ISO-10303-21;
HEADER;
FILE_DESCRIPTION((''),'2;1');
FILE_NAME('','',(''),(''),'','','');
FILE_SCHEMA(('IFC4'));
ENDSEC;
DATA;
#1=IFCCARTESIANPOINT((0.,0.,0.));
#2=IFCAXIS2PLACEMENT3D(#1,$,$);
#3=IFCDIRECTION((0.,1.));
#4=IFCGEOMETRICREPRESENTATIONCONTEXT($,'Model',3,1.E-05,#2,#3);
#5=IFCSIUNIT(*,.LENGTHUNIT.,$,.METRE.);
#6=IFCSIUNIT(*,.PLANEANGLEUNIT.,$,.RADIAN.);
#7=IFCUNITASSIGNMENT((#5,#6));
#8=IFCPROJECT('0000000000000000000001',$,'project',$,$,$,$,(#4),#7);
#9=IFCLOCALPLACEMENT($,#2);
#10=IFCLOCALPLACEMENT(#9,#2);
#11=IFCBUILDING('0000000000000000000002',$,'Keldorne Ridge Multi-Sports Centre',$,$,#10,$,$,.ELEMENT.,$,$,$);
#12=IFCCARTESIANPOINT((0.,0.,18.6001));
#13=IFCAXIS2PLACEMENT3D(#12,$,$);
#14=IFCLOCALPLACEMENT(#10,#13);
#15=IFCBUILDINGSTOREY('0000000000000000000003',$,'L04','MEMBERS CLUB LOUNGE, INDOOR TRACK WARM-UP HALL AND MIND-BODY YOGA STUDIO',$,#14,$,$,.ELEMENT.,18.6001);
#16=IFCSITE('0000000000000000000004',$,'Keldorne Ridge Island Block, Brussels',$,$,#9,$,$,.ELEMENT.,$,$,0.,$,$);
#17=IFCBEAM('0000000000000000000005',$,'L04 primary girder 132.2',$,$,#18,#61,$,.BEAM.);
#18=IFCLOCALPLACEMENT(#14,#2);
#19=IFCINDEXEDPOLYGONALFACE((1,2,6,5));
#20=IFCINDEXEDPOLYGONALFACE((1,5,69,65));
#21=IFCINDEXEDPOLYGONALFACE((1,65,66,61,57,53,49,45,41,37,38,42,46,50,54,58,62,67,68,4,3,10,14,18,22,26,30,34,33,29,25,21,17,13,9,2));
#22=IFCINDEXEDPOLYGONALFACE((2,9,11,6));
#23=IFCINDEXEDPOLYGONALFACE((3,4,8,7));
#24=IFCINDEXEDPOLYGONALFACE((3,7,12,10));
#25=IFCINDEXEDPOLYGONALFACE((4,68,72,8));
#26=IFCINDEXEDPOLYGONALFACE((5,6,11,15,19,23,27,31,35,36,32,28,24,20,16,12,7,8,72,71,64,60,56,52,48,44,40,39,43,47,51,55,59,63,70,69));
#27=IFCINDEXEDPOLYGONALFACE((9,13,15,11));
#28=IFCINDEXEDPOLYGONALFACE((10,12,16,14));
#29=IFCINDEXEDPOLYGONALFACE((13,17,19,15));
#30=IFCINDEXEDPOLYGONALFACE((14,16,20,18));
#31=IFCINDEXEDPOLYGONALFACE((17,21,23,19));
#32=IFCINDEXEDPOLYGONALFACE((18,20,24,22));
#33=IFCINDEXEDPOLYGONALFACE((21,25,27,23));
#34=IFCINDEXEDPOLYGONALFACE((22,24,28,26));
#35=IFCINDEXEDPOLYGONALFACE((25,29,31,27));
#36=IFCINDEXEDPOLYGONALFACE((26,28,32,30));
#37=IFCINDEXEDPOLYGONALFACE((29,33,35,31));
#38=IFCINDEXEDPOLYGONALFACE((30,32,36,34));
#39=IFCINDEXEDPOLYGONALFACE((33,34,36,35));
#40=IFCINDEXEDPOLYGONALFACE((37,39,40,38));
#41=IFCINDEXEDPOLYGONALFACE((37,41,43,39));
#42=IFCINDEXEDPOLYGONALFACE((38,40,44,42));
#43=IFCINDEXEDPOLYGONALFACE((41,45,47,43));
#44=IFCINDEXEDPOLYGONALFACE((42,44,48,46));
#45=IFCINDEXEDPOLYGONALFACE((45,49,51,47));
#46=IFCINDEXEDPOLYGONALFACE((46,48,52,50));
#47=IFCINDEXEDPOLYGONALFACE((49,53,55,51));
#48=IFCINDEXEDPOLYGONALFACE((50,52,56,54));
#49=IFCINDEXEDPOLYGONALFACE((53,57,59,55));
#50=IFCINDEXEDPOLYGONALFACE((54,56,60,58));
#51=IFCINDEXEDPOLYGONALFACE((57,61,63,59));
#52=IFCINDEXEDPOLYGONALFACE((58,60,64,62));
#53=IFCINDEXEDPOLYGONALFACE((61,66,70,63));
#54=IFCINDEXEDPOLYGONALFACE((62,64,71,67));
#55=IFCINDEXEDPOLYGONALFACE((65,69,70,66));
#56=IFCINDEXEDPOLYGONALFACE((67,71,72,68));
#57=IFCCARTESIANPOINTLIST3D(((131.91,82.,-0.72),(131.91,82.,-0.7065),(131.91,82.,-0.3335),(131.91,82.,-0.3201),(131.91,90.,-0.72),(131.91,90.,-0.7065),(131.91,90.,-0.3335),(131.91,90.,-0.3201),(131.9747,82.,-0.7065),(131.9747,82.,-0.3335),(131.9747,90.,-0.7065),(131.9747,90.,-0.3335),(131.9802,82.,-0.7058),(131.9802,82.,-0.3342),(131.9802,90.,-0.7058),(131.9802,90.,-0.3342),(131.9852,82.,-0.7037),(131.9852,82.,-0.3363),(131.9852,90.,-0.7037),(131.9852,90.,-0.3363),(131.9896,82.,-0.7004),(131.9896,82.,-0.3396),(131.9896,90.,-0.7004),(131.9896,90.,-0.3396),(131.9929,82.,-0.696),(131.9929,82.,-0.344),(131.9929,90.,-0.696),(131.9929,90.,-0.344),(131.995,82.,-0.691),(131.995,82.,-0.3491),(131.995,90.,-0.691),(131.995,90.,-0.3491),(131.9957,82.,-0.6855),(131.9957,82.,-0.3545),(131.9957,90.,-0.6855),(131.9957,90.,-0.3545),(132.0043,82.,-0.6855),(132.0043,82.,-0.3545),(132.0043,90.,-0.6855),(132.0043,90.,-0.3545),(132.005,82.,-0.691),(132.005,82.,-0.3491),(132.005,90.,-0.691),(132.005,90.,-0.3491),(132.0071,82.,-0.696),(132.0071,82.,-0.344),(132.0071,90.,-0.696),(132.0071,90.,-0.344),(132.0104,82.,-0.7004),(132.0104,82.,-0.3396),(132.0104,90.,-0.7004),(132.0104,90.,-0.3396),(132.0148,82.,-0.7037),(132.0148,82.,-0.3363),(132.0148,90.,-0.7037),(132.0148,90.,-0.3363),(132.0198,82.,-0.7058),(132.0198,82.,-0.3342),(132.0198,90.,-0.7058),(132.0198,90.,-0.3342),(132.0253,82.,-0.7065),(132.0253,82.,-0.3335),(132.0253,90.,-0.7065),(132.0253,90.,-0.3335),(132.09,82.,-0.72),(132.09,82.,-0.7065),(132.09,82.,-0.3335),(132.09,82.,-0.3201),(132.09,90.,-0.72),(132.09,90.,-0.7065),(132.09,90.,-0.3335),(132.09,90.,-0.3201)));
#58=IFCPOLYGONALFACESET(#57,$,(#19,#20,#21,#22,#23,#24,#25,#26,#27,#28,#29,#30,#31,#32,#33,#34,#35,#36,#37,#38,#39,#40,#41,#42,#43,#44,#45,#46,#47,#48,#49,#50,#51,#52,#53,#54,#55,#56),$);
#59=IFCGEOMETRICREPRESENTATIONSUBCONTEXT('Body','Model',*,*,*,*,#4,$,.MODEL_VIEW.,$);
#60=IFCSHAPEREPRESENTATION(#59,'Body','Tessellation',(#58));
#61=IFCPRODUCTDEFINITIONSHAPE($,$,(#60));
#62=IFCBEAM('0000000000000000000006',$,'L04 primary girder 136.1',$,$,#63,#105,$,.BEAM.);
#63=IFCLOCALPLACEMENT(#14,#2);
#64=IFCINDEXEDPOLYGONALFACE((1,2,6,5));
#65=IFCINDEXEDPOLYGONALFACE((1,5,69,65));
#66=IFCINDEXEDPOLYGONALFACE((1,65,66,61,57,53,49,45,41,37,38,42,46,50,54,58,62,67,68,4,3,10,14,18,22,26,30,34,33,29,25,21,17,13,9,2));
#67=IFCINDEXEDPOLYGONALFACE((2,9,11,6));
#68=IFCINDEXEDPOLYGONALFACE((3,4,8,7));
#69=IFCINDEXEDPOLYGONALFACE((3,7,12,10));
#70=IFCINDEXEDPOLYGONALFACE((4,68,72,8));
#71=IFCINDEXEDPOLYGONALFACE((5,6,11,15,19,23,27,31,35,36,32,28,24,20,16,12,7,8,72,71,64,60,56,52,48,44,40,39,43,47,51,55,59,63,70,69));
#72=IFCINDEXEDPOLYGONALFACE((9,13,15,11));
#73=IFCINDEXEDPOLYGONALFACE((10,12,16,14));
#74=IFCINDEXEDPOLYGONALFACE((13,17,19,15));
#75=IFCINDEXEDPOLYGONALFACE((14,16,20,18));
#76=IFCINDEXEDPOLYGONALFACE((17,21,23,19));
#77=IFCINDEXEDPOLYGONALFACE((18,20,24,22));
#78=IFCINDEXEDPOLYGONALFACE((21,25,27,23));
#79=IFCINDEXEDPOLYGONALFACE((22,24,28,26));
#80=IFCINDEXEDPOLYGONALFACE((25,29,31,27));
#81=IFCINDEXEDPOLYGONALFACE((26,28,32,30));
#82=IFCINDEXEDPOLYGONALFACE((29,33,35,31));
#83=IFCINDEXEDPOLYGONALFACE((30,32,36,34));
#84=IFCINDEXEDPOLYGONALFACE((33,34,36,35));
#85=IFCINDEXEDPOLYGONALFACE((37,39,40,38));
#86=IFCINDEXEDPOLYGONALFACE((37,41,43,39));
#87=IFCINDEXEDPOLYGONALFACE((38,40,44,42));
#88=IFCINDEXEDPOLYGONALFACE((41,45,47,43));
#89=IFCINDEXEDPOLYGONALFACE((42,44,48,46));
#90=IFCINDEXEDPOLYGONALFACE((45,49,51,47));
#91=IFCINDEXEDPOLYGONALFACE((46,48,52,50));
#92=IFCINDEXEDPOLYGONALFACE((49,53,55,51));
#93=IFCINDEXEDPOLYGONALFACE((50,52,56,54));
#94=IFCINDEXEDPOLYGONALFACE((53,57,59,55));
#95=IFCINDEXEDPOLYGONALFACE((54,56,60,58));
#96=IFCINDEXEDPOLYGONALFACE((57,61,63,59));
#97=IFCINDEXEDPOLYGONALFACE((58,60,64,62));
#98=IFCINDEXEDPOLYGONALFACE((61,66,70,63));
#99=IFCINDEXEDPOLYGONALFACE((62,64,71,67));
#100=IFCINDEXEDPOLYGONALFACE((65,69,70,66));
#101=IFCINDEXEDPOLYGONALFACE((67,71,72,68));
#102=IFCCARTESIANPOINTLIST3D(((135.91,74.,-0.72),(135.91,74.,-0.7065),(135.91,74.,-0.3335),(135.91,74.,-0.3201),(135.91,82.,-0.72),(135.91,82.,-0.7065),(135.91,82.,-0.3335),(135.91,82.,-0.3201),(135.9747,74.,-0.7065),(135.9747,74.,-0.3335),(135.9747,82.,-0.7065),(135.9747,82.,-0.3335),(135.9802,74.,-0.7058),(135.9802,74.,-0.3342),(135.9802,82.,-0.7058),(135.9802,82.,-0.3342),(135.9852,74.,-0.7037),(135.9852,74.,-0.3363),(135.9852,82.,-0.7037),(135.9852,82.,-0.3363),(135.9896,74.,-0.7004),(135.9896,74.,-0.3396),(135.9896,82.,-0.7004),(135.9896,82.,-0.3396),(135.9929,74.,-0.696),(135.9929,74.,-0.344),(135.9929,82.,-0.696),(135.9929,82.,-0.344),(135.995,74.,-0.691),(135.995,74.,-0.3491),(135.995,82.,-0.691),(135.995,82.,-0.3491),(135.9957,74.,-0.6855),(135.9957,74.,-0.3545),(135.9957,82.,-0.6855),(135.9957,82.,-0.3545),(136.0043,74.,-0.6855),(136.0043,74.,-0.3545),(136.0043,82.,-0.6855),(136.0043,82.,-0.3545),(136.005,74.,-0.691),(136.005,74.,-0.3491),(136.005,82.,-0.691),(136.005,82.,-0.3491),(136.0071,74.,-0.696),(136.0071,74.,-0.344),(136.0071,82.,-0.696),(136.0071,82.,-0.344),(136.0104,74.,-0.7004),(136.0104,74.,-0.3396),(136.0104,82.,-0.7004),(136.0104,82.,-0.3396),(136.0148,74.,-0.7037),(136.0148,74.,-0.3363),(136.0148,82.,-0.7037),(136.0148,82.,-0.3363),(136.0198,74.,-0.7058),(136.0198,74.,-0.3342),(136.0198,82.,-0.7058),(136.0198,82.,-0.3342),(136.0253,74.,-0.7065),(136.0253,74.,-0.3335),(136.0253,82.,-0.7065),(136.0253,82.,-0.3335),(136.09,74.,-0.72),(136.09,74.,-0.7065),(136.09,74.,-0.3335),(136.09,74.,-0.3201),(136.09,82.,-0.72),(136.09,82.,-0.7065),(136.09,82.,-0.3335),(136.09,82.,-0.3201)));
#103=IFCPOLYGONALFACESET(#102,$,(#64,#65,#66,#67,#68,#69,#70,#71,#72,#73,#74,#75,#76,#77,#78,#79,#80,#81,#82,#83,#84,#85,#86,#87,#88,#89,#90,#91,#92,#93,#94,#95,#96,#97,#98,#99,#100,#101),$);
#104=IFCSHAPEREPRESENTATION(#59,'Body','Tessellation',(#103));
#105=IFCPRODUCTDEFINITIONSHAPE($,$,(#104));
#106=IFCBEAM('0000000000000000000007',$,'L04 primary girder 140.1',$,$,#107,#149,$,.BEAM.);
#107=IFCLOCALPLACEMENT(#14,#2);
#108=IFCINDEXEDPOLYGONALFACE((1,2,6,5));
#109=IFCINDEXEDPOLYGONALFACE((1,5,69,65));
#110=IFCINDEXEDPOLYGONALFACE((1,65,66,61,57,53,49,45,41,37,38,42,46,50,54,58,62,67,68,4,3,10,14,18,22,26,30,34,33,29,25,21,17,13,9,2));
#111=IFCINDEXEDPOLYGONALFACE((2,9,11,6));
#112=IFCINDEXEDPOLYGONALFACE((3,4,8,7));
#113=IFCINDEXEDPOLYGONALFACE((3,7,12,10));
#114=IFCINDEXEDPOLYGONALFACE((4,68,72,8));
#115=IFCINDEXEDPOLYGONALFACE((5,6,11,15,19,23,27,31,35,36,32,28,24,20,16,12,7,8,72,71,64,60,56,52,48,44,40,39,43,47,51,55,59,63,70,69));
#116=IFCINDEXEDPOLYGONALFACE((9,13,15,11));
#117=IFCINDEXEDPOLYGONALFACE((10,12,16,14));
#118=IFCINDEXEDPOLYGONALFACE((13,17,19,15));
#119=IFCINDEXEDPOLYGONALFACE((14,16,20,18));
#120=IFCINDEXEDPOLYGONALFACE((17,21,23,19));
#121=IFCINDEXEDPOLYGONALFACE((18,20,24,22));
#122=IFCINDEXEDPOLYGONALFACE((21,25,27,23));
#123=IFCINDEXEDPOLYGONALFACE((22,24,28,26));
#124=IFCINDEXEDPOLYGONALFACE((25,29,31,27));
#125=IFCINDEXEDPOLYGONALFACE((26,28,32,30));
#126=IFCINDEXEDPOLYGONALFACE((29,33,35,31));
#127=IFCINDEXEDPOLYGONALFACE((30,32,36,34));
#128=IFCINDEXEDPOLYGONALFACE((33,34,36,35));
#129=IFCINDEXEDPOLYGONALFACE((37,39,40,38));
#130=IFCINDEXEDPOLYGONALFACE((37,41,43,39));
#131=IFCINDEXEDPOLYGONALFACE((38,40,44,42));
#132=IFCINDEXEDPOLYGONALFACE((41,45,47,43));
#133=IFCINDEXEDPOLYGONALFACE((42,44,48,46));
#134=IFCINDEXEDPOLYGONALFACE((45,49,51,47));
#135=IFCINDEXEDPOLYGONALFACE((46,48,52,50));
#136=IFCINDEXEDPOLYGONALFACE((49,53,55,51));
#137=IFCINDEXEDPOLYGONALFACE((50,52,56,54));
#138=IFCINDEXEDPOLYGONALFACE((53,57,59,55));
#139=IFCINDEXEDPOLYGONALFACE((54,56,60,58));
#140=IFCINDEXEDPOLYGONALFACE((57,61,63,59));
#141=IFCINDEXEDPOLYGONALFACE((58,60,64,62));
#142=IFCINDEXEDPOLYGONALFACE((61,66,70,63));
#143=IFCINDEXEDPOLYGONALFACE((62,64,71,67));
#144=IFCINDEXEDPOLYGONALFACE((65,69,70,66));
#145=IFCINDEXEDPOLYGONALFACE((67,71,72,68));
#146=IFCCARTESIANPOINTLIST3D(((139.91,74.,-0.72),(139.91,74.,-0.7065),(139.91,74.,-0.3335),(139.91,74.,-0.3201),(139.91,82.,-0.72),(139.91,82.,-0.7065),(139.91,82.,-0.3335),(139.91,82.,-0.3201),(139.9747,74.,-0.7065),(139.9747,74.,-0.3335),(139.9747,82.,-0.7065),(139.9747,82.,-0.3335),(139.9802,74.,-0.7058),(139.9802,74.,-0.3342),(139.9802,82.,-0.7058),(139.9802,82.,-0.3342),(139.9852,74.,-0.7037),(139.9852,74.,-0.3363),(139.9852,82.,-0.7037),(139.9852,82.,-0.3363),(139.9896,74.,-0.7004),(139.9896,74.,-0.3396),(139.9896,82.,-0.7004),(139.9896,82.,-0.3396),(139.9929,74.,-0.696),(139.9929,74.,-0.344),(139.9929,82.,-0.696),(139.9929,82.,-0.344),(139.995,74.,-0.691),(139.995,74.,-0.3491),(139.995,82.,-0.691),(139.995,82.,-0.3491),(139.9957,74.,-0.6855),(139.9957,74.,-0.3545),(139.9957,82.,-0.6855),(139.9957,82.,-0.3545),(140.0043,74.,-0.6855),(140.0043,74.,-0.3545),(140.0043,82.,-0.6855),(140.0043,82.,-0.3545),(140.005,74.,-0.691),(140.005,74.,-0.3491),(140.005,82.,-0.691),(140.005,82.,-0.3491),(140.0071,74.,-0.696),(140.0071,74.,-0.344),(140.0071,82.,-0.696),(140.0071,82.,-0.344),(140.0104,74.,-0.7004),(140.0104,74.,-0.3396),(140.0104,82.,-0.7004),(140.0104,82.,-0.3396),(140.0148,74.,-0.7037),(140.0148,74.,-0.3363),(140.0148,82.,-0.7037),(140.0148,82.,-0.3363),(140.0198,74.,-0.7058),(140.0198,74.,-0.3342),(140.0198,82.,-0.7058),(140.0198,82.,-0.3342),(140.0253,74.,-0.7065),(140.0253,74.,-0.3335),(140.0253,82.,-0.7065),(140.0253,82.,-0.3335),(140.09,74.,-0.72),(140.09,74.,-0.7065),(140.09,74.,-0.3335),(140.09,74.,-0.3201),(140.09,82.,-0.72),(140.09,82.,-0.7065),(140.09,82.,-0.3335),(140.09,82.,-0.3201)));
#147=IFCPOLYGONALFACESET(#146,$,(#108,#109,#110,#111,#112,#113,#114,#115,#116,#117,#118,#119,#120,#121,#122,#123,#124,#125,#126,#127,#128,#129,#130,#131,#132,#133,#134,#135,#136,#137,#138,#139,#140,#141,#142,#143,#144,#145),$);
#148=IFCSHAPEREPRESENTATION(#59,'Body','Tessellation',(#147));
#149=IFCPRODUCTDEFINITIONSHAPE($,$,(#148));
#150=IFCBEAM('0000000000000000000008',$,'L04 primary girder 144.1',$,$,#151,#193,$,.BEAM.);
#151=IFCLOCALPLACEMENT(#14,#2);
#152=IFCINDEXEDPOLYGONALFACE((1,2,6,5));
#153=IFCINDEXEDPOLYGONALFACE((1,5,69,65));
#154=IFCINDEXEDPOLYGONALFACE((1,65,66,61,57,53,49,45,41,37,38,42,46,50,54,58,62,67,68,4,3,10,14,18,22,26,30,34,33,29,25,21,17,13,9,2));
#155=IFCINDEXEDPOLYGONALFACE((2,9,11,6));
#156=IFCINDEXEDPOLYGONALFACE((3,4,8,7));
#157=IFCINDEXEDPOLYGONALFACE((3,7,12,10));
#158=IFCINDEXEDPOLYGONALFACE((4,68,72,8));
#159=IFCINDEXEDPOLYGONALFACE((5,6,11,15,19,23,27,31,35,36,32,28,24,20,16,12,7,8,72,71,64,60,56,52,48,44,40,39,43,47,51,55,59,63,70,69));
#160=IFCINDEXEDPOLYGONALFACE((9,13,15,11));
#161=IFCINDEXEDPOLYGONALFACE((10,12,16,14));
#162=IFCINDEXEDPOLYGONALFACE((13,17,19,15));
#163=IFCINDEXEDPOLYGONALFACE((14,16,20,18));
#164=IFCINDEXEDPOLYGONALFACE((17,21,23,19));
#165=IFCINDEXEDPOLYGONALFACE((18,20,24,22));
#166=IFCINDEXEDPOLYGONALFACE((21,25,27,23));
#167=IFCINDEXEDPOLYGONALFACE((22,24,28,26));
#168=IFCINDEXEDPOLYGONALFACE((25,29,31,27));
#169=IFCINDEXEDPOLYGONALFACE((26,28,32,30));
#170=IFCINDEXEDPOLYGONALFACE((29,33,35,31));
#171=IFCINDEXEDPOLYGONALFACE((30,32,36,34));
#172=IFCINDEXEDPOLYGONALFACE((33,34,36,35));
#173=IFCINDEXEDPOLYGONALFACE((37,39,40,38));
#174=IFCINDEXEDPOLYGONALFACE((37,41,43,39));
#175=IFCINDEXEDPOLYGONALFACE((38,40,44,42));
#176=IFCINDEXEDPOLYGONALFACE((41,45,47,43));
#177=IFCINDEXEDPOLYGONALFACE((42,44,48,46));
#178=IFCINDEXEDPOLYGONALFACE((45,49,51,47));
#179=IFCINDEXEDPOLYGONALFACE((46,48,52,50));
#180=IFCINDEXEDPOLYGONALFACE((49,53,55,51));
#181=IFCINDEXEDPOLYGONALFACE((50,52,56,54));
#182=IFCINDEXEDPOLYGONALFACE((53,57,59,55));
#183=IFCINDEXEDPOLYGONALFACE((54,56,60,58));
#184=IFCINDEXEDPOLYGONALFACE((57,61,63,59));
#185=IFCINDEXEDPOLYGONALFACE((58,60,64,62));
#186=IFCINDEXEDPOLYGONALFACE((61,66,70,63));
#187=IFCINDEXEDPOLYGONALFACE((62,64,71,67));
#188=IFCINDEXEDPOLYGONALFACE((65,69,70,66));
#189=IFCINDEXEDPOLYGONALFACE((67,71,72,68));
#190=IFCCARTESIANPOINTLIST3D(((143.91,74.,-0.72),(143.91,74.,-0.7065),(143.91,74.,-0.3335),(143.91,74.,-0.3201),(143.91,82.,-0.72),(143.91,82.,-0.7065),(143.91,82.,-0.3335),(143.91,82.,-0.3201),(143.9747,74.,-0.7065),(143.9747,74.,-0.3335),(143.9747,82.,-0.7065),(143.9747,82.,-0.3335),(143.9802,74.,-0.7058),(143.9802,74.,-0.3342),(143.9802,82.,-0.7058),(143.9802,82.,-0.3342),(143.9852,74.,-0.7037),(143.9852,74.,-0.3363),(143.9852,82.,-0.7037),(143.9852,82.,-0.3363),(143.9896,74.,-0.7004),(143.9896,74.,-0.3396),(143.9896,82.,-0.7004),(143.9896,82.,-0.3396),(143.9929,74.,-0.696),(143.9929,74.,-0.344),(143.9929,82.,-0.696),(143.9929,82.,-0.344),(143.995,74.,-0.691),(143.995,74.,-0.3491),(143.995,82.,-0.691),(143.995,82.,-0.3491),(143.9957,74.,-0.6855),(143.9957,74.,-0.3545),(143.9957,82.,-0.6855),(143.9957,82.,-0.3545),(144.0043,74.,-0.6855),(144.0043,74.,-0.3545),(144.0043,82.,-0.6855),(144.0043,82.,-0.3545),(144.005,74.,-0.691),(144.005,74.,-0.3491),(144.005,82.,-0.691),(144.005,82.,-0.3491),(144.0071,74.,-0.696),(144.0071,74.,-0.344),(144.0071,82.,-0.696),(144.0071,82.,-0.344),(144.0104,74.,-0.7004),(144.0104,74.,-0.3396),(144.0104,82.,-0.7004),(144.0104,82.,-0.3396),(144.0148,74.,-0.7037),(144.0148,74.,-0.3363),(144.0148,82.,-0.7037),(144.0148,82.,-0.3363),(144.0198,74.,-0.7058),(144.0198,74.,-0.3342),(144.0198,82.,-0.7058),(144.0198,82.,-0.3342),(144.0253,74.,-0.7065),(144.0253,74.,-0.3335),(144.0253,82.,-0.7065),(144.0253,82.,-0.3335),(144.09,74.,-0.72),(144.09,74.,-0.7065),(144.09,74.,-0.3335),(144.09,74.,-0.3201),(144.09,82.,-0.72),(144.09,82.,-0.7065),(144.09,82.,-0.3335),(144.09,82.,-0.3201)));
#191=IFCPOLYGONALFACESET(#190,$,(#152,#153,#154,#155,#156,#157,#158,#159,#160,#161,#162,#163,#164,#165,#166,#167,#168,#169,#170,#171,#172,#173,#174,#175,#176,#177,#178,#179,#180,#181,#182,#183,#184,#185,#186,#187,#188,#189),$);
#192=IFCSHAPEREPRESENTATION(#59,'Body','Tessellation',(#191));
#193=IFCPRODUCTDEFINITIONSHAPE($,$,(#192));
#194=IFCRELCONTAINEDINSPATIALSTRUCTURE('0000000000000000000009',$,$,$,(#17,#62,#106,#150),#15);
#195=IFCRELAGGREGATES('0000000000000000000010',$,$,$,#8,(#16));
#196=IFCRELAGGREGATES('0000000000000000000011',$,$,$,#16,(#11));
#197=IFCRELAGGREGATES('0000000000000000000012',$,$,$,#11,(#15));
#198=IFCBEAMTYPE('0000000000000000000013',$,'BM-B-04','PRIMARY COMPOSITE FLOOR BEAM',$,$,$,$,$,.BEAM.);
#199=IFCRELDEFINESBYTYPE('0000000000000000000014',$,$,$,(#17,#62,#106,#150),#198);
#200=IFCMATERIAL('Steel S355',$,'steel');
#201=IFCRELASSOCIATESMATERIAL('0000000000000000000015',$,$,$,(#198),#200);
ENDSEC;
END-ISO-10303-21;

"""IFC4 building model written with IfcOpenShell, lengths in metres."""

from ifc_helpers import new_model, si_unit, direction, frame, origin, origin_2d, place, context, subcontext, project, spatial, i_section, extrude, material, material_profile, profile_set, type_object, element, save


model = new_model("IFC4")

# Units and contexts
model_context = context("Model", 3, precision=1e-05, world=origin(), true_north=direction((0.0, 1.0)))
body_context = subcontext(model_context, "Body", "Model", "MODEL_VIEW")
ifc_project = project(units=[si_unit("LENGTHUNIT", "METRE"), si_unit("PLANEANGLEUNIT", "RADIAN")], contexts=[model_context])

# Site, building, storey
site_placement = place(None, origin())
site = spatial("IfcSite", under=ifc_project, at=site_placement, Name="Keldorne Ridge Island Block, Brussels", CompositionType="ELEMENT", RefElevation=0.0)
building_placement = place(site_placement, origin())
building = spatial("IfcBuilding", under=site, at=building_placement, Name="Keldorne Ridge Multi-Sports Centre", CompositionType="ELEMENT")
storey_placement = place(building_placement, frame((0.0, 0.0, 18.6001)))
storey = spatial("IfcBuildingStorey", under=building, at=storey_placement, Name="L04", Description="MEMBERS CLUB LOUNGE, INDOOR TRACK WARM-UP HALL AND MIND-BODY YOGA STUDIO", CompositionType="ELEMENT", Elevation=18.6001)

# Shared definitions
ifc_material_1 = material(Name="Steel S355", Category="steel")

# Beams
ifc_material_profile_1 = material_profile(ifc_material_1, i_section(OverallWidth=0.1799, OverallDepth=0.3999, WebThickness=0.0085, FlangeThickness=0.0134, FilletRadius=0.021, at=origin_2d()), Name="IPE 400")
ifc_profile_set_1 = profile_set([ifc_material_profile_1], Name="Steel S355")
beam_type_1 = type_object("IfcBeamType", Name="BM-B-04", Description="PRIMARY COMPOSITE FLOOR BEAM", PredefinedType="BEAM", material=ifc_profile_set_1)
for number, where, z_axis, x_axis, name in (
    (1, (132.0, 82.0, -0.52), (0.0, 1.0, 0.0), (-1.0, 0.0, 0.0), "L04 primary girder 132.2"),
    (2, (136.0, 74.0, -0.52), (0.0, 1.0, 0.0), (-1.0, 0.0, 0.0), "L04 primary girder 136.1"),
    (3, (140.0, 74.0, -0.52), (0.0, 1.0, 0.0), (-1.0, 0.0, 0.0), "L04 primary girder 140.1"),
    (4, (144.0, 74.0, -0.52), (0.0, 1.0, 0.0), (-1.0, 0.0, 0.0), "L04 primary girder 144.1"),
):
    element("IfcBeam", number, at=place(storey_placement, frame(where, z_axis=z_axis, x_axis=x_axis)), inside=storey, type_object=beam_type_1, Name=name, PredefinedType="BEAM", context=body_context, shape_type="SweptSolid", body=[
        extrude(i_section(OverallWidth=0.1799, OverallDepth=0.3999, WebThickness=0.0085, FlangeThickness=0.0134, FilletRadius=0.021, at=origin_2d()), origin(), (0.0, 0.0, 1.0), 8.0),
    ])

save(model, "model.ifc")
